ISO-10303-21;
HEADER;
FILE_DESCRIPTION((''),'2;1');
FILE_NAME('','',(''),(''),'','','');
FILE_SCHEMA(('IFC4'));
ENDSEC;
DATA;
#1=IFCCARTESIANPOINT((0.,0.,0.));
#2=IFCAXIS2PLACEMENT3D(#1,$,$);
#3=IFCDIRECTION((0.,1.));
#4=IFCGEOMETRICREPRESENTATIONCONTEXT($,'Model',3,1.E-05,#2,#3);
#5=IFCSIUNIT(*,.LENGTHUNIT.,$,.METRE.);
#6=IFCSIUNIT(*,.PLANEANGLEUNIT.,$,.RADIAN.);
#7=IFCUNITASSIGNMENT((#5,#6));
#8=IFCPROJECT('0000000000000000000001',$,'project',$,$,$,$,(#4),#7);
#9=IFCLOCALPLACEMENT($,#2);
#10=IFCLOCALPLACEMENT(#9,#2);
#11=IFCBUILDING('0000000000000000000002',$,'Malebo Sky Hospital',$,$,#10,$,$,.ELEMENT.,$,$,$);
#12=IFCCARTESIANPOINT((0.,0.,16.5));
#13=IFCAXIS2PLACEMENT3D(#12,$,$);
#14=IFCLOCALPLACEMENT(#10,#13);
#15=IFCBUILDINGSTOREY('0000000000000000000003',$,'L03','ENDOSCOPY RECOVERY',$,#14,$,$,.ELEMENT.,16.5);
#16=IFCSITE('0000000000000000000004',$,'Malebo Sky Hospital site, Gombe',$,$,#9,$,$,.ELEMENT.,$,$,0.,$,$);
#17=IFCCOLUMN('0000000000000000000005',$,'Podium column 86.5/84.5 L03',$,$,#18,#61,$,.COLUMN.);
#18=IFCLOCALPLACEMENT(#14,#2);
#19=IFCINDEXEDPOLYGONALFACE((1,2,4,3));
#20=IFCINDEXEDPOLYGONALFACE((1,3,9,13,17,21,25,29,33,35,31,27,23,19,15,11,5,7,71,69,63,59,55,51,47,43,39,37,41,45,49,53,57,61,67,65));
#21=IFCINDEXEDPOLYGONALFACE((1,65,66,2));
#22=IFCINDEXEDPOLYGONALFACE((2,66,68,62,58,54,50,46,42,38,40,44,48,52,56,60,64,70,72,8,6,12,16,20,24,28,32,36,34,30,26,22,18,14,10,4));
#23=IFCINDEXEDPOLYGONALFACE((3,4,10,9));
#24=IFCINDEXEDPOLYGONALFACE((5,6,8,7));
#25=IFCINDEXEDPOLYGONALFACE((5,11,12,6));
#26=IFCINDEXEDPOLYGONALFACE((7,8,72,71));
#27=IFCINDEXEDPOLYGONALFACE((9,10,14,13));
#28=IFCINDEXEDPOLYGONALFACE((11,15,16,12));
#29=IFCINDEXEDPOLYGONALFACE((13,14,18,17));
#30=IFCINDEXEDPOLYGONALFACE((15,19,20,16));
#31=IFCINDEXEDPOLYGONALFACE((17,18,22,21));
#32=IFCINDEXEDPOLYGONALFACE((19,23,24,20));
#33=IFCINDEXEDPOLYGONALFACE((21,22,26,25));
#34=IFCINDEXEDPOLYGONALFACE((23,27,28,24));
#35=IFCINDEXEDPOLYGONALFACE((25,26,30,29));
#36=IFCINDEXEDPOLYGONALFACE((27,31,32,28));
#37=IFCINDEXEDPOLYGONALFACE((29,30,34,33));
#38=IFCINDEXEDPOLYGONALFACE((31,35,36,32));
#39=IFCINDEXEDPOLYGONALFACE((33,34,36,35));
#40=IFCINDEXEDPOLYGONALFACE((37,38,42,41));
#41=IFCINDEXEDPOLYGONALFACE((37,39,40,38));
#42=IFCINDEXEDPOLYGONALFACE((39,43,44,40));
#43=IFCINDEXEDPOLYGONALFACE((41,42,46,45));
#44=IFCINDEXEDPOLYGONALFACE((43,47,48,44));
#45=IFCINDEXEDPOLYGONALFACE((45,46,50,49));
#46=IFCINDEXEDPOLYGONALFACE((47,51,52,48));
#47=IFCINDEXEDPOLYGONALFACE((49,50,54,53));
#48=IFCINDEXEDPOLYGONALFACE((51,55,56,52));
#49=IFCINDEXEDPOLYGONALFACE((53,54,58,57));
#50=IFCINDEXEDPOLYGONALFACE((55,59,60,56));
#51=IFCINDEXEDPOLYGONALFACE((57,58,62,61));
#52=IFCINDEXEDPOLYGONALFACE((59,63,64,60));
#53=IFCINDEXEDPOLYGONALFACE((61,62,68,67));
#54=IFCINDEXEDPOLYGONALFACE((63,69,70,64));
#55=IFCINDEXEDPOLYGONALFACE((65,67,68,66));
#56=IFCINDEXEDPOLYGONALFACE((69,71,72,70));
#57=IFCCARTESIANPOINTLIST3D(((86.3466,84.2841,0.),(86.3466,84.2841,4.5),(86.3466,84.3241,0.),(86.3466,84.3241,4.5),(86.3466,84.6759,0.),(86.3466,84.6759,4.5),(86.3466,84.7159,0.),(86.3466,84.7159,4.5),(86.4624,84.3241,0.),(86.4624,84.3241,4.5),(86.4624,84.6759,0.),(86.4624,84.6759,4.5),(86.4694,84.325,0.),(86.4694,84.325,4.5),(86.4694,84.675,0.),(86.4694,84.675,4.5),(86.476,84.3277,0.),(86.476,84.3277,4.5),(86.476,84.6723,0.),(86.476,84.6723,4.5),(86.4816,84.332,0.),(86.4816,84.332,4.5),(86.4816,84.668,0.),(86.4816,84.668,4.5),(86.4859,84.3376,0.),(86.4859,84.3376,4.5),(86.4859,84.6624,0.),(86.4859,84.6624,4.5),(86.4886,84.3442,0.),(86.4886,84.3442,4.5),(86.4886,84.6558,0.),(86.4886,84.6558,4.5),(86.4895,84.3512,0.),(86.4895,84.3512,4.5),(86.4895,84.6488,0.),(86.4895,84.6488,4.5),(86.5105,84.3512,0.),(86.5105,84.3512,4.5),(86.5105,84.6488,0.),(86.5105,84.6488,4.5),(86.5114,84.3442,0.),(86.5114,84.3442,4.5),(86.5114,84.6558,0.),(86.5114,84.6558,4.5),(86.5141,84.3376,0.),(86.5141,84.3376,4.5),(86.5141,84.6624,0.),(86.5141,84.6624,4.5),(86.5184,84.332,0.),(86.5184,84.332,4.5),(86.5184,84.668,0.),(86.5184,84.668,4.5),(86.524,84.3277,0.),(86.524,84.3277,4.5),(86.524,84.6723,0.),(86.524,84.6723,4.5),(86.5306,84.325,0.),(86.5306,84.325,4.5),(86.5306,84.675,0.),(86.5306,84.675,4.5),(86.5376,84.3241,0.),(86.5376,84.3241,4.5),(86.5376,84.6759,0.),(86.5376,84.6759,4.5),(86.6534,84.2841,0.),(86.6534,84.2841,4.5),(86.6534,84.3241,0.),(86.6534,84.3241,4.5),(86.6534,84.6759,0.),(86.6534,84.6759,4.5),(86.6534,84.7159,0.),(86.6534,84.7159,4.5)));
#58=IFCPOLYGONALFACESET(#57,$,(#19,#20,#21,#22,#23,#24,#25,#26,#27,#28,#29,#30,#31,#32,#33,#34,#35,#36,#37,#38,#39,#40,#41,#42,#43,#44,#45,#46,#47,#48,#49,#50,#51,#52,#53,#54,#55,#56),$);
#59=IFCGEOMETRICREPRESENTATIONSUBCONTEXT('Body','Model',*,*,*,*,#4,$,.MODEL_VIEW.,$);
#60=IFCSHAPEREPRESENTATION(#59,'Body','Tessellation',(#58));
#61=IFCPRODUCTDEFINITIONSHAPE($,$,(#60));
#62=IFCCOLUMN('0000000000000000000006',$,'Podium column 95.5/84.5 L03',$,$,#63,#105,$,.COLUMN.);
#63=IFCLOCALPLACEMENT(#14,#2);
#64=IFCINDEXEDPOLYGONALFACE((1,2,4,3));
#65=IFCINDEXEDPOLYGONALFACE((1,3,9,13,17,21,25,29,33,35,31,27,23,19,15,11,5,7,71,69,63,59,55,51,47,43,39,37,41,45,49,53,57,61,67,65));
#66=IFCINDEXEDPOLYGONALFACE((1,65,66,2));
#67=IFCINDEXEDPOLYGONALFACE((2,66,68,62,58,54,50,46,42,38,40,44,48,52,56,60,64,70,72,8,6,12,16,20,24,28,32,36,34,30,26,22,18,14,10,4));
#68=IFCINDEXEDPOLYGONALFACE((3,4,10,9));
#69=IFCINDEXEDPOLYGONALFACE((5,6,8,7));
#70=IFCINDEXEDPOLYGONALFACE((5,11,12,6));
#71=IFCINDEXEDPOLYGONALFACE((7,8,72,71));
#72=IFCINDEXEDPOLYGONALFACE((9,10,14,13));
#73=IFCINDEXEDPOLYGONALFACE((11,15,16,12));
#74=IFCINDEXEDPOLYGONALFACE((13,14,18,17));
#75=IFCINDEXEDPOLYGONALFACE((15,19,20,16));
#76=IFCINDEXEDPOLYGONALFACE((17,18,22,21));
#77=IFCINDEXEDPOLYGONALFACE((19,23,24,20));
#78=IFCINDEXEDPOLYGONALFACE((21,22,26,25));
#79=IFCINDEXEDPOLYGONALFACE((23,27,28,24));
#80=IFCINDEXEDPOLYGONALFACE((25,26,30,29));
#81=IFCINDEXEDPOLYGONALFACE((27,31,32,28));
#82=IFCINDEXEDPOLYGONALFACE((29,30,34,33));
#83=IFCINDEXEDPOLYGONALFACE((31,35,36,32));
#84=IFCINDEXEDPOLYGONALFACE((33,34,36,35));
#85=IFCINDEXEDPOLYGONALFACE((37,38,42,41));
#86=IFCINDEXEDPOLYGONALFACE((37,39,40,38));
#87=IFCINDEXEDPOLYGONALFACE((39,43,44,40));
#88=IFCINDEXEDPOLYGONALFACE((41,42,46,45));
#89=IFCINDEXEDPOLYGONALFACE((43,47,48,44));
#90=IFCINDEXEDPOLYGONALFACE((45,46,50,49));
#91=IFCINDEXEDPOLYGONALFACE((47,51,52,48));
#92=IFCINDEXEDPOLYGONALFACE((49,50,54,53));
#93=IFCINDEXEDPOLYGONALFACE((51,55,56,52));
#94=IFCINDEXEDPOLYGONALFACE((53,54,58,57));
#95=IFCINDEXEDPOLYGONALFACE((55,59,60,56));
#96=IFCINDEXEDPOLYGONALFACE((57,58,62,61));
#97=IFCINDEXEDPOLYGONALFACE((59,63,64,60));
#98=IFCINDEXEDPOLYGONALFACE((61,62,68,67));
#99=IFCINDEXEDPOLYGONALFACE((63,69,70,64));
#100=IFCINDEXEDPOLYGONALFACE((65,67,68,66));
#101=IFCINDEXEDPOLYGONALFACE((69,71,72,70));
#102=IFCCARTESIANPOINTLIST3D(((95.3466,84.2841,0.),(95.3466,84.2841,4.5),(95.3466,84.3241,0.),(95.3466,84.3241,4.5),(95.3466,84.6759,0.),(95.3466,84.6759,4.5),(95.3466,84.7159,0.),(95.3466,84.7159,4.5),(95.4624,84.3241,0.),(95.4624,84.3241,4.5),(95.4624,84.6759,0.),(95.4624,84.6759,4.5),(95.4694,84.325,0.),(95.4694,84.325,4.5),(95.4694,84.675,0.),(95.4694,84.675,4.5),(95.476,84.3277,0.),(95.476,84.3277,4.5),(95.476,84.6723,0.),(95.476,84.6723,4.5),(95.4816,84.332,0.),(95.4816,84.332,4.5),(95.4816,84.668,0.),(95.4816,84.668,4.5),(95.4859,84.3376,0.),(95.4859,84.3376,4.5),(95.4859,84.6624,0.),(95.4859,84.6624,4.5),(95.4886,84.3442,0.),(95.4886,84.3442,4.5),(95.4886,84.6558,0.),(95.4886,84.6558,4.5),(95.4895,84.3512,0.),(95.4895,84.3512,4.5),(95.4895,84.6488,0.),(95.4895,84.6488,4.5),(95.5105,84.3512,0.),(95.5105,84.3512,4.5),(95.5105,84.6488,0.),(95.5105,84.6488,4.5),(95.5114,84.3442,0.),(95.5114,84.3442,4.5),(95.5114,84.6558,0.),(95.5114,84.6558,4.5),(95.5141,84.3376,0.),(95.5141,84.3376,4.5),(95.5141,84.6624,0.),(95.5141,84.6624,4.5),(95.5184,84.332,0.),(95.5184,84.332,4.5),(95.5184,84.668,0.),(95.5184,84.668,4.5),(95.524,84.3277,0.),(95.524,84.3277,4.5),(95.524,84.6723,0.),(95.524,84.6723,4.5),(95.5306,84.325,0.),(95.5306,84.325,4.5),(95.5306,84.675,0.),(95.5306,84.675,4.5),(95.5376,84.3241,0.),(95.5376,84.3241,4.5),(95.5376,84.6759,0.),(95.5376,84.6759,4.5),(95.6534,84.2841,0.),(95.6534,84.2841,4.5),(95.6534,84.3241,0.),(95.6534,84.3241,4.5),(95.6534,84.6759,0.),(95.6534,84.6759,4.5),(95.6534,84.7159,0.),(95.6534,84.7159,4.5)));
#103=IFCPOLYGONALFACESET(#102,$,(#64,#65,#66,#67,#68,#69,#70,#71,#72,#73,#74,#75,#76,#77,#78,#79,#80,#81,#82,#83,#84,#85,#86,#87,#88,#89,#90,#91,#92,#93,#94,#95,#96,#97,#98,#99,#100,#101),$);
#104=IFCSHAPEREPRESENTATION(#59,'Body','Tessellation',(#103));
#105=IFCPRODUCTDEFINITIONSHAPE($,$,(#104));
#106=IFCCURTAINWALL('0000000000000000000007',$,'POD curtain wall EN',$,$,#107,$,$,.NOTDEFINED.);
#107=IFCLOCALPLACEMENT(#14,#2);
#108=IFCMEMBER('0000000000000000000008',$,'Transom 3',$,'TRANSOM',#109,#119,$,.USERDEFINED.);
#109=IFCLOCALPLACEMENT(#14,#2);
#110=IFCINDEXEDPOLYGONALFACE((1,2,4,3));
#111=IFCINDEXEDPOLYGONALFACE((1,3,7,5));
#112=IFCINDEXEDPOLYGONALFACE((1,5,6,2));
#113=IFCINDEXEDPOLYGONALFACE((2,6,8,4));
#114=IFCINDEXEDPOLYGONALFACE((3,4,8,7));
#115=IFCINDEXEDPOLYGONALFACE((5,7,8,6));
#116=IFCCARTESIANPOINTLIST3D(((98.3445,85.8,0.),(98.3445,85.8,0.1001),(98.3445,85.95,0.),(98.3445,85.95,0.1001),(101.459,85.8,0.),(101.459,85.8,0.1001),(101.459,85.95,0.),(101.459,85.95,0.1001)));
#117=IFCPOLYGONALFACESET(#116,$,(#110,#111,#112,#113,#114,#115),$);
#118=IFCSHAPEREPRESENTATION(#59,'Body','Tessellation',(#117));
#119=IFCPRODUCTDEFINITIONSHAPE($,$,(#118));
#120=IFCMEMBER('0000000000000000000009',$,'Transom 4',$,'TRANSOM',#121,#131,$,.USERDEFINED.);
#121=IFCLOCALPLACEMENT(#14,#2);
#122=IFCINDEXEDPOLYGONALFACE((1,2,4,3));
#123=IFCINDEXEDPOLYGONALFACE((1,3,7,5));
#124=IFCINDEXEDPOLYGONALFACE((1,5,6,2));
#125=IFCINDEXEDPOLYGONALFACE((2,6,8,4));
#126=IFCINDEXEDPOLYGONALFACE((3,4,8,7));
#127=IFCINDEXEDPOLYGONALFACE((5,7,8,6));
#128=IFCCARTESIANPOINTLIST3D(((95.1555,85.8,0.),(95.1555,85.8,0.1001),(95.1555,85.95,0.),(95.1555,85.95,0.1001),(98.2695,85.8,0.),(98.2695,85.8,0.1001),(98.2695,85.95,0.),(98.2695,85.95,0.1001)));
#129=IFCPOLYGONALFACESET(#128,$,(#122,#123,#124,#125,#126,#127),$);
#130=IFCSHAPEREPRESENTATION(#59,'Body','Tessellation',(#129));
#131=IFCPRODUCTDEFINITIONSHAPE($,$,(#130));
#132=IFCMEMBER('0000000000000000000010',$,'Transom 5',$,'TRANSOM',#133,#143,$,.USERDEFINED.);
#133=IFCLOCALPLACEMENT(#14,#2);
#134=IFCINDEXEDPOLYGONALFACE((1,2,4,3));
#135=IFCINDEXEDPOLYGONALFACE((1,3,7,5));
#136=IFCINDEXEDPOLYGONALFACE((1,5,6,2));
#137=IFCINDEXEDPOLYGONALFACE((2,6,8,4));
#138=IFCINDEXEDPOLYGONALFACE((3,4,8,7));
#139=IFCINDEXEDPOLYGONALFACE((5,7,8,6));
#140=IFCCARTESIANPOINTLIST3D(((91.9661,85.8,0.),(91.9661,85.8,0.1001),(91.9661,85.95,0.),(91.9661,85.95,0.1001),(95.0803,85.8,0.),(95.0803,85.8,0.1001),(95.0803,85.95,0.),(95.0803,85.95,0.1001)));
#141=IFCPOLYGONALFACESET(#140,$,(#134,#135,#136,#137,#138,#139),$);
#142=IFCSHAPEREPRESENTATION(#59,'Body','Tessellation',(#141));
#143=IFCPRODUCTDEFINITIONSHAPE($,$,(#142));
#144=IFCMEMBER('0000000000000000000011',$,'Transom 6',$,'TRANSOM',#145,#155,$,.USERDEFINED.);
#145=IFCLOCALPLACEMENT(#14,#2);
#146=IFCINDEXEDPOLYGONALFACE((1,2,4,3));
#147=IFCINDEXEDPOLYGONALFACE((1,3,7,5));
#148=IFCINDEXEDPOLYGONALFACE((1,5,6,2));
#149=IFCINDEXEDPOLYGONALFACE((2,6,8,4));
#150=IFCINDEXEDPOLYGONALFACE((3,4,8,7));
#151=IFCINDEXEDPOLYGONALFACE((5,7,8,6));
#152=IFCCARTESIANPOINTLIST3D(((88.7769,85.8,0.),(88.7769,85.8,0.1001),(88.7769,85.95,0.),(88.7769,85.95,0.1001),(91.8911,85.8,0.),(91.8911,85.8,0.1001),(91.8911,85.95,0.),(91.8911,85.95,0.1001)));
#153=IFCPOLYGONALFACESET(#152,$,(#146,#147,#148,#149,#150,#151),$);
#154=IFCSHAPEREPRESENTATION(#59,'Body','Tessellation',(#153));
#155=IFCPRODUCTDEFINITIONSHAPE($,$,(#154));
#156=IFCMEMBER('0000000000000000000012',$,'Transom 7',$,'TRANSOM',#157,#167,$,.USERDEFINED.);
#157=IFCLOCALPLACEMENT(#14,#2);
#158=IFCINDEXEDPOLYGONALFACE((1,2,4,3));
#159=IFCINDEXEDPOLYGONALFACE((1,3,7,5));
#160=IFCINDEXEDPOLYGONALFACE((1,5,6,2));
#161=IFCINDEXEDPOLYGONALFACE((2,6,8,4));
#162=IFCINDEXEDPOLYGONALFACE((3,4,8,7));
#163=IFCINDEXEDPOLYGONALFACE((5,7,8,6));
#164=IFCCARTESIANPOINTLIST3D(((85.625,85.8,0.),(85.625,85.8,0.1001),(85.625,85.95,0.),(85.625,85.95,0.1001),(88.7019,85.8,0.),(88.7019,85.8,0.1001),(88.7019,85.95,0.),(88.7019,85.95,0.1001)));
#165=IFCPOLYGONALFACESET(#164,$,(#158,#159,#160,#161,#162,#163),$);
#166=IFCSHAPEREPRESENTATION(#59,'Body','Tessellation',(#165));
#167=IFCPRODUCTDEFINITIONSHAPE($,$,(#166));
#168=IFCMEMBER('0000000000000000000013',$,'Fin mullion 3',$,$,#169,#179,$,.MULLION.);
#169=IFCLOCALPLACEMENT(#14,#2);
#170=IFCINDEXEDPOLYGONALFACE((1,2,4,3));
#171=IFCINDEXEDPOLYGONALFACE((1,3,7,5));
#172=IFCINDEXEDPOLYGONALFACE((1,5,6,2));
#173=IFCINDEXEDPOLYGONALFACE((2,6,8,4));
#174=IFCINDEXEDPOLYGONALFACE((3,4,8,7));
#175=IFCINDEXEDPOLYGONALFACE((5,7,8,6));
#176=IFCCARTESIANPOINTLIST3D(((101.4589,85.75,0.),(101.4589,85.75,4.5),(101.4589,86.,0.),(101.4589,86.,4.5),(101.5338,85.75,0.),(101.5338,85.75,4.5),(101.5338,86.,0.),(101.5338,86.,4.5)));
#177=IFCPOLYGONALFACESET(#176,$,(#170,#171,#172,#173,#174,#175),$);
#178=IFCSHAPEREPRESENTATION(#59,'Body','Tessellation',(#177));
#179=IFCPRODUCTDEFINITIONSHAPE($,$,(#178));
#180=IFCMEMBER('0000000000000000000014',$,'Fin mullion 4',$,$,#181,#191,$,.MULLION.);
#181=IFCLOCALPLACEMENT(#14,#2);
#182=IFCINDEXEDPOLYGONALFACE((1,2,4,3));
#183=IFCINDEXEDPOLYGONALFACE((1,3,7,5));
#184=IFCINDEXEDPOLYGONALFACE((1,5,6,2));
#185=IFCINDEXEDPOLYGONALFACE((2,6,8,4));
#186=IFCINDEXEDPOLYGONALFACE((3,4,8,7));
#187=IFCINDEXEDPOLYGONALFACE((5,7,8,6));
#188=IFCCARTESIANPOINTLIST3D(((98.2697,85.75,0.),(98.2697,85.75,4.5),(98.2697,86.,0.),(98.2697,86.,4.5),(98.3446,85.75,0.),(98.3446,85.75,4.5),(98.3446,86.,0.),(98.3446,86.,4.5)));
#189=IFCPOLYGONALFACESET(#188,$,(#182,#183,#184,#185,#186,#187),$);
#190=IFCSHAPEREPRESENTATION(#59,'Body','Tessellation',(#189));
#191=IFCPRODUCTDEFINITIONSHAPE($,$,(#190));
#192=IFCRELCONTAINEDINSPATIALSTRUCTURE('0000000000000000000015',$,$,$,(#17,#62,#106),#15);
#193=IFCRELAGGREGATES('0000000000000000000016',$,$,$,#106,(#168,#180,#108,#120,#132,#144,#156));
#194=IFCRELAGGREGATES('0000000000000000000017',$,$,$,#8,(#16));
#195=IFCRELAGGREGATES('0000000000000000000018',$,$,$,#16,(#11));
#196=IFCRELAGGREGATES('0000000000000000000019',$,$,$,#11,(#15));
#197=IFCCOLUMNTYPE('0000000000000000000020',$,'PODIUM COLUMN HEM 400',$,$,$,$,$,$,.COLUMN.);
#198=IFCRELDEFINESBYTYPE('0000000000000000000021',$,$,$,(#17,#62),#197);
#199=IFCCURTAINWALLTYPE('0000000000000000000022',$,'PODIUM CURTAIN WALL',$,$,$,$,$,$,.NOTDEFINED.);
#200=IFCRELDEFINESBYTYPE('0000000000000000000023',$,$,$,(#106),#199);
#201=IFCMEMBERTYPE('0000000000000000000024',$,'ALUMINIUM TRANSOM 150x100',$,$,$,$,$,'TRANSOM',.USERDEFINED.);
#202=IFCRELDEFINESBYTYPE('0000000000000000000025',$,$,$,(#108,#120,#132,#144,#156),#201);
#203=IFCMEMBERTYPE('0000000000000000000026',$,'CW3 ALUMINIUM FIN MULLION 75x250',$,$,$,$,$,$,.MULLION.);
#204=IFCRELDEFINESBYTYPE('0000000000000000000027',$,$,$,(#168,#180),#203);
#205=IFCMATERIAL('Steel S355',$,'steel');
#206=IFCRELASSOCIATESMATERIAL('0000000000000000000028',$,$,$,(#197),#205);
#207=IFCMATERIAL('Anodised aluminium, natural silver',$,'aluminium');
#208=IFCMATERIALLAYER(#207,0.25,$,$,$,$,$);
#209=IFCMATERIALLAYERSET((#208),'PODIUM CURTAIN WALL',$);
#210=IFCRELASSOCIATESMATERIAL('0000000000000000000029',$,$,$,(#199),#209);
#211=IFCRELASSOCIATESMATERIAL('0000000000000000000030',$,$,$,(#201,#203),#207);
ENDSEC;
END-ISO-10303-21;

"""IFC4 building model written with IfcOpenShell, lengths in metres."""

from ifc_helpers import new_model, si_unit, direction, frame, origin, origin_2d, place, context, subcontext, project, spatial, rectangle, i_section, extrude, material, layer, layer_set, material_profile, profile_set, type_object, element, aggregate, save


model = new_model("IFC4")

# Units and contexts
model_context = context("Model", 3, precision=1e-05, world=origin(), true_north=direction((0.0, 1.0)))
body_context = subcontext(model_context, "Body", "Model", "MODEL_VIEW")
ifc_project = project(units=[si_unit("LENGTHUNIT", "METRE"), si_unit("PLANEANGLEUNIT", "RADIAN")], contexts=[model_context])

# Site, building, storey
site_placement = place(None, origin())
site = spatial("IfcSite", under=ifc_project, at=site_placement, Name="Malebo Sky Hospital site, Gombe", CompositionType="ELEMENT", RefElevation=0.0)
building_placement = place(site_placement, origin())
building = spatial("IfcBuilding", under=site, at=building_placement, Name="Malebo Sky Hospital", CompositionType="ELEMENT")
storey_placement = place(building_placement, frame((0.0, 0.0, 16.5)))
storey = spatial("IfcBuildingStorey", under=building, at=storey_placement, Name="L03", Description="ENDOSCOPY RECOVERY", CompositionType="ELEMENT", Elevation=16.5)

# Columns
ifc_material_1 = material(Name="Steel S355", Category="steel")
ifc_material_profile_1 = material_profile(ifc_material_1, i_section(OverallWidth=0.3069, OverallDepth=0.4319, WebThickness=0.021, FlangeThickness=0.04, FilletRadius=0.0271, at=origin_2d()), Name="HEM 400")
ifc_profile_set_1 = profile_set([ifc_material_profile_1], Name="Steel S355")
column_type = type_object("IfcColumnType", Name="PODIUM COLUMN HEM 400", PredefinedType="COLUMN", material=ifc_profile_set_1)
for number, where, z_axis, x_axis, name in (
    (1, (86.5, 84.5, 0.0), (0.0, 0.0, 1.0), (1.0, 0.0, 0.0), "Podium column 86.5/84.5 L03"),
    (2, (95.5, 84.5, 0.0), (0.0, 0.0, 1.0), (1.0, 0.0, 0.0), "Podium column 95.5/84.5 L03"),
):
    element("IfcColumn", number, at=place(storey_placement, frame(where, z_axis=z_axis, x_axis=x_axis)), inside=storey, type_object=column_type, Name=name, PredefinedType="COLUMN", context=body_context, shape_type="SweptSolid", body=[
        extrude(i_section(OverallWidth=0.3069, OverallDepth=0.4319, WebThickness=0.021, FlangeThickness=0.04, FilletRadius=0.0271, at=origin_2d()), origin(), (0.0, 0.0, 1.0), 4.5),
    ])

# Curtain wall, members
ifc_material_2 = material(Name="Anodised aluminium, natural silver", Category="aluminium")
ifc_layer_1 = layer(ifc_material_2, 0.25)
ifc_layer_set_1 = layer_set([ifc_layer_1], Name="PODIUM CURTAIN WALL")
curtain_wall_type = type_object("IfcCurtainWallType", Name="PODIUM CURTAIN WALL", PredefinedType="NOTDEFINED", material=ifc_layer_set_1)
curtain_wall_placement = place(storey_placement, origin())
curtain_wall = element("IfcCurtainWall", 3, at=curtain_wall_placement, inside=storey, type_object=curtain_wall_type, Name="POD curtain wall EN", PredefinedType="NOTDEFINED")
ifc_material_profile_2 = material_profile(ifc_material_2, rectangle(XDim=0.1499, YDim=0.1001, at=origin_2d()), Name="ALUMINIUM TRANSOM 150x100")
ifc_profile_set_2 = profile_set([ifc_material_profile_2], Name="Anodised aluminium, natural silver")
member_type_1 = type_object("IfcMemberType", Name="ALUMINIUM TRANSOM 150x100", ElementType="TRANSOM", PredefinedType="USERDEFINED", material=ifc_profile_set_2)
member_1_placement = place(storey_placement, frame((101.459, 85.875, 0.05), z_axis=(-1.0, 0.0, 0.0), x_axis=(0.0, -1.0, 0.0)))
member_1 = element("IfcMember", 4, at=member_1_placement, type_object=member_type_1, Name="Transom 3", ObjectType="TRANSOM", PredefinedType="USERDEFINED", context=body_context, shape_type="SweptSolid", body=[
    extrude(rectangle(XDim=0.1499, YDim=0.1001, at=origin_2d()), origin(), (0.0, 0.0, 1.0), 3.1145),
])
member_2_placement = place(storey_placement, frame((98.2695, 85.875, 0.05), z_axis=(-1.0, 0.0, 0.0), x_axis=(0.0, -1.0, 0.0)))
member_2 = element("IfcMember", 5, at=member_2_placement, type_object=member_type_1, Name="Transom 4", ObjectType="TRANSOM", PredefinedType="USERDEFINED", context=body_context, shape_type="SweptSolid", body=[
    extrude(rectangle(XDim=0.1499, YDim=0.1001, at=origin_2d()), origin(), (0.0, 0.0, 1.0), 3.114),
])
member_3_placement = place(storey_placement, frame((95.0803, 85.875, 0.05), z_axis=(-1.0, 0.0, 0.0), x_axis=(0.0, -1.0, 0.0)))
member_3 = element("IfcMember", 6, at=member_3_placement, type_object=member_type_1, Name="Transom 5", ObjectType="TRANSOM", PredefinedType="USERDEFINED", context=body_context, shape_type="SweptSolid", body=[
    extrude(rectangle(XDim=0.1499, YDim=0.1001, at=origin_2d()), origin(), (0.0, 0.0, 1.0), 3.1143),
])
member_4_placement = place(storey_placement, frame((91.8911, 85.875, 0.05), z_axis=(-1.0, 0.0, 0.0), x_axis=(0.0, -1.0, 0.0)))
member_4 = element("IfcMember", 7, at=member_4_placement, type_object=member_type_1, Name="Transom 6", ObjectType="TRANSOM", PredefinedType="USERDEFINED", context=body_context, shape_type="SweptSolid", body=[
    extrude(rectangle(XDim=0.1499, YDim=0.1001, at=origin_2d()), origin(), (0.0, 0.0, 1.0), 3.1143),
])
member_5_placement = place(storey_placement, frame((88.7019, 85.875, 0.05), z_axis=(-1.0, 0.0, 0.0), x_axis=(0.0, -1.0, 0.0)))
member_5 = element("IfcMember", 8, at=member_5_placement, type_object=member_type_1, Name="Transom 7", ObjectType="TRANSOM", PredefinedType="USERDEFINED", context=body_context, shape_type="SweptSolid", body=[
    extrude(rectangle(XDim=0.1499, YDim=0.1001, at=origin_2d()), origin(), (0.0, 0.0, 1.0), 3.0769),
])
ifc_material_profile_3 = material_profile(ifc_material_2, rectangle(XDim=0.075, YDim=0.25, at=origin_2d()), Name="CW3 ALUMINIUM FIN MULLION 75x250")
ifc_profile_set_3 = profile_set([ifc_material_profile_3], Name="Anodised aluminium, natural silver")
member_type_2 = type_object("IfcMemberType", Name="CW3 ALUMINIUM FIN MULLION 75x250", PredefinedType="MULLION", material=ifc_profile_set_3)
member_6_placement = place(storey_placement, frame((101.4963, 85.875, 0.0), z_axis=(0.0, 0.0, 1.0), x_axis=(-1.0, 0.0, 0.0)))
member_6 = element("IfcMember", 9, at=member_6_placement, type_object=member_type_2, Name="Fin mullion 3", PredefinedType="MULLION", context=body_context, shape_type="SweptSolid", body=[
    extrude(rectangle(XDim=0.075, YDim=0.25, at=origin_2d()), origin(), (0.0, 0.0, 1.0), 4.5),
])
member_7_placement = place(storey_placement, frame((98.3071, 85.875, 0.0), z_axis=(0.0, 0.0, 1.0), x_axis=(-1.0, 0.0, 0.0)))
member_7 = element("IfcMember", 10, at=member_7_placement, type_object=member_type_2, Name="Fin mullion 4", PredefinedType="MULLION", context=body_context, shape_type="SweptSolid", body=[
    extrude(rectangle(XDim=0.075, YDim=0.25, at=origin_2d()), origin(), (0.0, 0.0, 1.0), 4.5),
])

aggregate(curtain_wall, [member_6, member_7, member_1, member_2, member_3, member_4, member_5])

save(model, "model.ifc")
